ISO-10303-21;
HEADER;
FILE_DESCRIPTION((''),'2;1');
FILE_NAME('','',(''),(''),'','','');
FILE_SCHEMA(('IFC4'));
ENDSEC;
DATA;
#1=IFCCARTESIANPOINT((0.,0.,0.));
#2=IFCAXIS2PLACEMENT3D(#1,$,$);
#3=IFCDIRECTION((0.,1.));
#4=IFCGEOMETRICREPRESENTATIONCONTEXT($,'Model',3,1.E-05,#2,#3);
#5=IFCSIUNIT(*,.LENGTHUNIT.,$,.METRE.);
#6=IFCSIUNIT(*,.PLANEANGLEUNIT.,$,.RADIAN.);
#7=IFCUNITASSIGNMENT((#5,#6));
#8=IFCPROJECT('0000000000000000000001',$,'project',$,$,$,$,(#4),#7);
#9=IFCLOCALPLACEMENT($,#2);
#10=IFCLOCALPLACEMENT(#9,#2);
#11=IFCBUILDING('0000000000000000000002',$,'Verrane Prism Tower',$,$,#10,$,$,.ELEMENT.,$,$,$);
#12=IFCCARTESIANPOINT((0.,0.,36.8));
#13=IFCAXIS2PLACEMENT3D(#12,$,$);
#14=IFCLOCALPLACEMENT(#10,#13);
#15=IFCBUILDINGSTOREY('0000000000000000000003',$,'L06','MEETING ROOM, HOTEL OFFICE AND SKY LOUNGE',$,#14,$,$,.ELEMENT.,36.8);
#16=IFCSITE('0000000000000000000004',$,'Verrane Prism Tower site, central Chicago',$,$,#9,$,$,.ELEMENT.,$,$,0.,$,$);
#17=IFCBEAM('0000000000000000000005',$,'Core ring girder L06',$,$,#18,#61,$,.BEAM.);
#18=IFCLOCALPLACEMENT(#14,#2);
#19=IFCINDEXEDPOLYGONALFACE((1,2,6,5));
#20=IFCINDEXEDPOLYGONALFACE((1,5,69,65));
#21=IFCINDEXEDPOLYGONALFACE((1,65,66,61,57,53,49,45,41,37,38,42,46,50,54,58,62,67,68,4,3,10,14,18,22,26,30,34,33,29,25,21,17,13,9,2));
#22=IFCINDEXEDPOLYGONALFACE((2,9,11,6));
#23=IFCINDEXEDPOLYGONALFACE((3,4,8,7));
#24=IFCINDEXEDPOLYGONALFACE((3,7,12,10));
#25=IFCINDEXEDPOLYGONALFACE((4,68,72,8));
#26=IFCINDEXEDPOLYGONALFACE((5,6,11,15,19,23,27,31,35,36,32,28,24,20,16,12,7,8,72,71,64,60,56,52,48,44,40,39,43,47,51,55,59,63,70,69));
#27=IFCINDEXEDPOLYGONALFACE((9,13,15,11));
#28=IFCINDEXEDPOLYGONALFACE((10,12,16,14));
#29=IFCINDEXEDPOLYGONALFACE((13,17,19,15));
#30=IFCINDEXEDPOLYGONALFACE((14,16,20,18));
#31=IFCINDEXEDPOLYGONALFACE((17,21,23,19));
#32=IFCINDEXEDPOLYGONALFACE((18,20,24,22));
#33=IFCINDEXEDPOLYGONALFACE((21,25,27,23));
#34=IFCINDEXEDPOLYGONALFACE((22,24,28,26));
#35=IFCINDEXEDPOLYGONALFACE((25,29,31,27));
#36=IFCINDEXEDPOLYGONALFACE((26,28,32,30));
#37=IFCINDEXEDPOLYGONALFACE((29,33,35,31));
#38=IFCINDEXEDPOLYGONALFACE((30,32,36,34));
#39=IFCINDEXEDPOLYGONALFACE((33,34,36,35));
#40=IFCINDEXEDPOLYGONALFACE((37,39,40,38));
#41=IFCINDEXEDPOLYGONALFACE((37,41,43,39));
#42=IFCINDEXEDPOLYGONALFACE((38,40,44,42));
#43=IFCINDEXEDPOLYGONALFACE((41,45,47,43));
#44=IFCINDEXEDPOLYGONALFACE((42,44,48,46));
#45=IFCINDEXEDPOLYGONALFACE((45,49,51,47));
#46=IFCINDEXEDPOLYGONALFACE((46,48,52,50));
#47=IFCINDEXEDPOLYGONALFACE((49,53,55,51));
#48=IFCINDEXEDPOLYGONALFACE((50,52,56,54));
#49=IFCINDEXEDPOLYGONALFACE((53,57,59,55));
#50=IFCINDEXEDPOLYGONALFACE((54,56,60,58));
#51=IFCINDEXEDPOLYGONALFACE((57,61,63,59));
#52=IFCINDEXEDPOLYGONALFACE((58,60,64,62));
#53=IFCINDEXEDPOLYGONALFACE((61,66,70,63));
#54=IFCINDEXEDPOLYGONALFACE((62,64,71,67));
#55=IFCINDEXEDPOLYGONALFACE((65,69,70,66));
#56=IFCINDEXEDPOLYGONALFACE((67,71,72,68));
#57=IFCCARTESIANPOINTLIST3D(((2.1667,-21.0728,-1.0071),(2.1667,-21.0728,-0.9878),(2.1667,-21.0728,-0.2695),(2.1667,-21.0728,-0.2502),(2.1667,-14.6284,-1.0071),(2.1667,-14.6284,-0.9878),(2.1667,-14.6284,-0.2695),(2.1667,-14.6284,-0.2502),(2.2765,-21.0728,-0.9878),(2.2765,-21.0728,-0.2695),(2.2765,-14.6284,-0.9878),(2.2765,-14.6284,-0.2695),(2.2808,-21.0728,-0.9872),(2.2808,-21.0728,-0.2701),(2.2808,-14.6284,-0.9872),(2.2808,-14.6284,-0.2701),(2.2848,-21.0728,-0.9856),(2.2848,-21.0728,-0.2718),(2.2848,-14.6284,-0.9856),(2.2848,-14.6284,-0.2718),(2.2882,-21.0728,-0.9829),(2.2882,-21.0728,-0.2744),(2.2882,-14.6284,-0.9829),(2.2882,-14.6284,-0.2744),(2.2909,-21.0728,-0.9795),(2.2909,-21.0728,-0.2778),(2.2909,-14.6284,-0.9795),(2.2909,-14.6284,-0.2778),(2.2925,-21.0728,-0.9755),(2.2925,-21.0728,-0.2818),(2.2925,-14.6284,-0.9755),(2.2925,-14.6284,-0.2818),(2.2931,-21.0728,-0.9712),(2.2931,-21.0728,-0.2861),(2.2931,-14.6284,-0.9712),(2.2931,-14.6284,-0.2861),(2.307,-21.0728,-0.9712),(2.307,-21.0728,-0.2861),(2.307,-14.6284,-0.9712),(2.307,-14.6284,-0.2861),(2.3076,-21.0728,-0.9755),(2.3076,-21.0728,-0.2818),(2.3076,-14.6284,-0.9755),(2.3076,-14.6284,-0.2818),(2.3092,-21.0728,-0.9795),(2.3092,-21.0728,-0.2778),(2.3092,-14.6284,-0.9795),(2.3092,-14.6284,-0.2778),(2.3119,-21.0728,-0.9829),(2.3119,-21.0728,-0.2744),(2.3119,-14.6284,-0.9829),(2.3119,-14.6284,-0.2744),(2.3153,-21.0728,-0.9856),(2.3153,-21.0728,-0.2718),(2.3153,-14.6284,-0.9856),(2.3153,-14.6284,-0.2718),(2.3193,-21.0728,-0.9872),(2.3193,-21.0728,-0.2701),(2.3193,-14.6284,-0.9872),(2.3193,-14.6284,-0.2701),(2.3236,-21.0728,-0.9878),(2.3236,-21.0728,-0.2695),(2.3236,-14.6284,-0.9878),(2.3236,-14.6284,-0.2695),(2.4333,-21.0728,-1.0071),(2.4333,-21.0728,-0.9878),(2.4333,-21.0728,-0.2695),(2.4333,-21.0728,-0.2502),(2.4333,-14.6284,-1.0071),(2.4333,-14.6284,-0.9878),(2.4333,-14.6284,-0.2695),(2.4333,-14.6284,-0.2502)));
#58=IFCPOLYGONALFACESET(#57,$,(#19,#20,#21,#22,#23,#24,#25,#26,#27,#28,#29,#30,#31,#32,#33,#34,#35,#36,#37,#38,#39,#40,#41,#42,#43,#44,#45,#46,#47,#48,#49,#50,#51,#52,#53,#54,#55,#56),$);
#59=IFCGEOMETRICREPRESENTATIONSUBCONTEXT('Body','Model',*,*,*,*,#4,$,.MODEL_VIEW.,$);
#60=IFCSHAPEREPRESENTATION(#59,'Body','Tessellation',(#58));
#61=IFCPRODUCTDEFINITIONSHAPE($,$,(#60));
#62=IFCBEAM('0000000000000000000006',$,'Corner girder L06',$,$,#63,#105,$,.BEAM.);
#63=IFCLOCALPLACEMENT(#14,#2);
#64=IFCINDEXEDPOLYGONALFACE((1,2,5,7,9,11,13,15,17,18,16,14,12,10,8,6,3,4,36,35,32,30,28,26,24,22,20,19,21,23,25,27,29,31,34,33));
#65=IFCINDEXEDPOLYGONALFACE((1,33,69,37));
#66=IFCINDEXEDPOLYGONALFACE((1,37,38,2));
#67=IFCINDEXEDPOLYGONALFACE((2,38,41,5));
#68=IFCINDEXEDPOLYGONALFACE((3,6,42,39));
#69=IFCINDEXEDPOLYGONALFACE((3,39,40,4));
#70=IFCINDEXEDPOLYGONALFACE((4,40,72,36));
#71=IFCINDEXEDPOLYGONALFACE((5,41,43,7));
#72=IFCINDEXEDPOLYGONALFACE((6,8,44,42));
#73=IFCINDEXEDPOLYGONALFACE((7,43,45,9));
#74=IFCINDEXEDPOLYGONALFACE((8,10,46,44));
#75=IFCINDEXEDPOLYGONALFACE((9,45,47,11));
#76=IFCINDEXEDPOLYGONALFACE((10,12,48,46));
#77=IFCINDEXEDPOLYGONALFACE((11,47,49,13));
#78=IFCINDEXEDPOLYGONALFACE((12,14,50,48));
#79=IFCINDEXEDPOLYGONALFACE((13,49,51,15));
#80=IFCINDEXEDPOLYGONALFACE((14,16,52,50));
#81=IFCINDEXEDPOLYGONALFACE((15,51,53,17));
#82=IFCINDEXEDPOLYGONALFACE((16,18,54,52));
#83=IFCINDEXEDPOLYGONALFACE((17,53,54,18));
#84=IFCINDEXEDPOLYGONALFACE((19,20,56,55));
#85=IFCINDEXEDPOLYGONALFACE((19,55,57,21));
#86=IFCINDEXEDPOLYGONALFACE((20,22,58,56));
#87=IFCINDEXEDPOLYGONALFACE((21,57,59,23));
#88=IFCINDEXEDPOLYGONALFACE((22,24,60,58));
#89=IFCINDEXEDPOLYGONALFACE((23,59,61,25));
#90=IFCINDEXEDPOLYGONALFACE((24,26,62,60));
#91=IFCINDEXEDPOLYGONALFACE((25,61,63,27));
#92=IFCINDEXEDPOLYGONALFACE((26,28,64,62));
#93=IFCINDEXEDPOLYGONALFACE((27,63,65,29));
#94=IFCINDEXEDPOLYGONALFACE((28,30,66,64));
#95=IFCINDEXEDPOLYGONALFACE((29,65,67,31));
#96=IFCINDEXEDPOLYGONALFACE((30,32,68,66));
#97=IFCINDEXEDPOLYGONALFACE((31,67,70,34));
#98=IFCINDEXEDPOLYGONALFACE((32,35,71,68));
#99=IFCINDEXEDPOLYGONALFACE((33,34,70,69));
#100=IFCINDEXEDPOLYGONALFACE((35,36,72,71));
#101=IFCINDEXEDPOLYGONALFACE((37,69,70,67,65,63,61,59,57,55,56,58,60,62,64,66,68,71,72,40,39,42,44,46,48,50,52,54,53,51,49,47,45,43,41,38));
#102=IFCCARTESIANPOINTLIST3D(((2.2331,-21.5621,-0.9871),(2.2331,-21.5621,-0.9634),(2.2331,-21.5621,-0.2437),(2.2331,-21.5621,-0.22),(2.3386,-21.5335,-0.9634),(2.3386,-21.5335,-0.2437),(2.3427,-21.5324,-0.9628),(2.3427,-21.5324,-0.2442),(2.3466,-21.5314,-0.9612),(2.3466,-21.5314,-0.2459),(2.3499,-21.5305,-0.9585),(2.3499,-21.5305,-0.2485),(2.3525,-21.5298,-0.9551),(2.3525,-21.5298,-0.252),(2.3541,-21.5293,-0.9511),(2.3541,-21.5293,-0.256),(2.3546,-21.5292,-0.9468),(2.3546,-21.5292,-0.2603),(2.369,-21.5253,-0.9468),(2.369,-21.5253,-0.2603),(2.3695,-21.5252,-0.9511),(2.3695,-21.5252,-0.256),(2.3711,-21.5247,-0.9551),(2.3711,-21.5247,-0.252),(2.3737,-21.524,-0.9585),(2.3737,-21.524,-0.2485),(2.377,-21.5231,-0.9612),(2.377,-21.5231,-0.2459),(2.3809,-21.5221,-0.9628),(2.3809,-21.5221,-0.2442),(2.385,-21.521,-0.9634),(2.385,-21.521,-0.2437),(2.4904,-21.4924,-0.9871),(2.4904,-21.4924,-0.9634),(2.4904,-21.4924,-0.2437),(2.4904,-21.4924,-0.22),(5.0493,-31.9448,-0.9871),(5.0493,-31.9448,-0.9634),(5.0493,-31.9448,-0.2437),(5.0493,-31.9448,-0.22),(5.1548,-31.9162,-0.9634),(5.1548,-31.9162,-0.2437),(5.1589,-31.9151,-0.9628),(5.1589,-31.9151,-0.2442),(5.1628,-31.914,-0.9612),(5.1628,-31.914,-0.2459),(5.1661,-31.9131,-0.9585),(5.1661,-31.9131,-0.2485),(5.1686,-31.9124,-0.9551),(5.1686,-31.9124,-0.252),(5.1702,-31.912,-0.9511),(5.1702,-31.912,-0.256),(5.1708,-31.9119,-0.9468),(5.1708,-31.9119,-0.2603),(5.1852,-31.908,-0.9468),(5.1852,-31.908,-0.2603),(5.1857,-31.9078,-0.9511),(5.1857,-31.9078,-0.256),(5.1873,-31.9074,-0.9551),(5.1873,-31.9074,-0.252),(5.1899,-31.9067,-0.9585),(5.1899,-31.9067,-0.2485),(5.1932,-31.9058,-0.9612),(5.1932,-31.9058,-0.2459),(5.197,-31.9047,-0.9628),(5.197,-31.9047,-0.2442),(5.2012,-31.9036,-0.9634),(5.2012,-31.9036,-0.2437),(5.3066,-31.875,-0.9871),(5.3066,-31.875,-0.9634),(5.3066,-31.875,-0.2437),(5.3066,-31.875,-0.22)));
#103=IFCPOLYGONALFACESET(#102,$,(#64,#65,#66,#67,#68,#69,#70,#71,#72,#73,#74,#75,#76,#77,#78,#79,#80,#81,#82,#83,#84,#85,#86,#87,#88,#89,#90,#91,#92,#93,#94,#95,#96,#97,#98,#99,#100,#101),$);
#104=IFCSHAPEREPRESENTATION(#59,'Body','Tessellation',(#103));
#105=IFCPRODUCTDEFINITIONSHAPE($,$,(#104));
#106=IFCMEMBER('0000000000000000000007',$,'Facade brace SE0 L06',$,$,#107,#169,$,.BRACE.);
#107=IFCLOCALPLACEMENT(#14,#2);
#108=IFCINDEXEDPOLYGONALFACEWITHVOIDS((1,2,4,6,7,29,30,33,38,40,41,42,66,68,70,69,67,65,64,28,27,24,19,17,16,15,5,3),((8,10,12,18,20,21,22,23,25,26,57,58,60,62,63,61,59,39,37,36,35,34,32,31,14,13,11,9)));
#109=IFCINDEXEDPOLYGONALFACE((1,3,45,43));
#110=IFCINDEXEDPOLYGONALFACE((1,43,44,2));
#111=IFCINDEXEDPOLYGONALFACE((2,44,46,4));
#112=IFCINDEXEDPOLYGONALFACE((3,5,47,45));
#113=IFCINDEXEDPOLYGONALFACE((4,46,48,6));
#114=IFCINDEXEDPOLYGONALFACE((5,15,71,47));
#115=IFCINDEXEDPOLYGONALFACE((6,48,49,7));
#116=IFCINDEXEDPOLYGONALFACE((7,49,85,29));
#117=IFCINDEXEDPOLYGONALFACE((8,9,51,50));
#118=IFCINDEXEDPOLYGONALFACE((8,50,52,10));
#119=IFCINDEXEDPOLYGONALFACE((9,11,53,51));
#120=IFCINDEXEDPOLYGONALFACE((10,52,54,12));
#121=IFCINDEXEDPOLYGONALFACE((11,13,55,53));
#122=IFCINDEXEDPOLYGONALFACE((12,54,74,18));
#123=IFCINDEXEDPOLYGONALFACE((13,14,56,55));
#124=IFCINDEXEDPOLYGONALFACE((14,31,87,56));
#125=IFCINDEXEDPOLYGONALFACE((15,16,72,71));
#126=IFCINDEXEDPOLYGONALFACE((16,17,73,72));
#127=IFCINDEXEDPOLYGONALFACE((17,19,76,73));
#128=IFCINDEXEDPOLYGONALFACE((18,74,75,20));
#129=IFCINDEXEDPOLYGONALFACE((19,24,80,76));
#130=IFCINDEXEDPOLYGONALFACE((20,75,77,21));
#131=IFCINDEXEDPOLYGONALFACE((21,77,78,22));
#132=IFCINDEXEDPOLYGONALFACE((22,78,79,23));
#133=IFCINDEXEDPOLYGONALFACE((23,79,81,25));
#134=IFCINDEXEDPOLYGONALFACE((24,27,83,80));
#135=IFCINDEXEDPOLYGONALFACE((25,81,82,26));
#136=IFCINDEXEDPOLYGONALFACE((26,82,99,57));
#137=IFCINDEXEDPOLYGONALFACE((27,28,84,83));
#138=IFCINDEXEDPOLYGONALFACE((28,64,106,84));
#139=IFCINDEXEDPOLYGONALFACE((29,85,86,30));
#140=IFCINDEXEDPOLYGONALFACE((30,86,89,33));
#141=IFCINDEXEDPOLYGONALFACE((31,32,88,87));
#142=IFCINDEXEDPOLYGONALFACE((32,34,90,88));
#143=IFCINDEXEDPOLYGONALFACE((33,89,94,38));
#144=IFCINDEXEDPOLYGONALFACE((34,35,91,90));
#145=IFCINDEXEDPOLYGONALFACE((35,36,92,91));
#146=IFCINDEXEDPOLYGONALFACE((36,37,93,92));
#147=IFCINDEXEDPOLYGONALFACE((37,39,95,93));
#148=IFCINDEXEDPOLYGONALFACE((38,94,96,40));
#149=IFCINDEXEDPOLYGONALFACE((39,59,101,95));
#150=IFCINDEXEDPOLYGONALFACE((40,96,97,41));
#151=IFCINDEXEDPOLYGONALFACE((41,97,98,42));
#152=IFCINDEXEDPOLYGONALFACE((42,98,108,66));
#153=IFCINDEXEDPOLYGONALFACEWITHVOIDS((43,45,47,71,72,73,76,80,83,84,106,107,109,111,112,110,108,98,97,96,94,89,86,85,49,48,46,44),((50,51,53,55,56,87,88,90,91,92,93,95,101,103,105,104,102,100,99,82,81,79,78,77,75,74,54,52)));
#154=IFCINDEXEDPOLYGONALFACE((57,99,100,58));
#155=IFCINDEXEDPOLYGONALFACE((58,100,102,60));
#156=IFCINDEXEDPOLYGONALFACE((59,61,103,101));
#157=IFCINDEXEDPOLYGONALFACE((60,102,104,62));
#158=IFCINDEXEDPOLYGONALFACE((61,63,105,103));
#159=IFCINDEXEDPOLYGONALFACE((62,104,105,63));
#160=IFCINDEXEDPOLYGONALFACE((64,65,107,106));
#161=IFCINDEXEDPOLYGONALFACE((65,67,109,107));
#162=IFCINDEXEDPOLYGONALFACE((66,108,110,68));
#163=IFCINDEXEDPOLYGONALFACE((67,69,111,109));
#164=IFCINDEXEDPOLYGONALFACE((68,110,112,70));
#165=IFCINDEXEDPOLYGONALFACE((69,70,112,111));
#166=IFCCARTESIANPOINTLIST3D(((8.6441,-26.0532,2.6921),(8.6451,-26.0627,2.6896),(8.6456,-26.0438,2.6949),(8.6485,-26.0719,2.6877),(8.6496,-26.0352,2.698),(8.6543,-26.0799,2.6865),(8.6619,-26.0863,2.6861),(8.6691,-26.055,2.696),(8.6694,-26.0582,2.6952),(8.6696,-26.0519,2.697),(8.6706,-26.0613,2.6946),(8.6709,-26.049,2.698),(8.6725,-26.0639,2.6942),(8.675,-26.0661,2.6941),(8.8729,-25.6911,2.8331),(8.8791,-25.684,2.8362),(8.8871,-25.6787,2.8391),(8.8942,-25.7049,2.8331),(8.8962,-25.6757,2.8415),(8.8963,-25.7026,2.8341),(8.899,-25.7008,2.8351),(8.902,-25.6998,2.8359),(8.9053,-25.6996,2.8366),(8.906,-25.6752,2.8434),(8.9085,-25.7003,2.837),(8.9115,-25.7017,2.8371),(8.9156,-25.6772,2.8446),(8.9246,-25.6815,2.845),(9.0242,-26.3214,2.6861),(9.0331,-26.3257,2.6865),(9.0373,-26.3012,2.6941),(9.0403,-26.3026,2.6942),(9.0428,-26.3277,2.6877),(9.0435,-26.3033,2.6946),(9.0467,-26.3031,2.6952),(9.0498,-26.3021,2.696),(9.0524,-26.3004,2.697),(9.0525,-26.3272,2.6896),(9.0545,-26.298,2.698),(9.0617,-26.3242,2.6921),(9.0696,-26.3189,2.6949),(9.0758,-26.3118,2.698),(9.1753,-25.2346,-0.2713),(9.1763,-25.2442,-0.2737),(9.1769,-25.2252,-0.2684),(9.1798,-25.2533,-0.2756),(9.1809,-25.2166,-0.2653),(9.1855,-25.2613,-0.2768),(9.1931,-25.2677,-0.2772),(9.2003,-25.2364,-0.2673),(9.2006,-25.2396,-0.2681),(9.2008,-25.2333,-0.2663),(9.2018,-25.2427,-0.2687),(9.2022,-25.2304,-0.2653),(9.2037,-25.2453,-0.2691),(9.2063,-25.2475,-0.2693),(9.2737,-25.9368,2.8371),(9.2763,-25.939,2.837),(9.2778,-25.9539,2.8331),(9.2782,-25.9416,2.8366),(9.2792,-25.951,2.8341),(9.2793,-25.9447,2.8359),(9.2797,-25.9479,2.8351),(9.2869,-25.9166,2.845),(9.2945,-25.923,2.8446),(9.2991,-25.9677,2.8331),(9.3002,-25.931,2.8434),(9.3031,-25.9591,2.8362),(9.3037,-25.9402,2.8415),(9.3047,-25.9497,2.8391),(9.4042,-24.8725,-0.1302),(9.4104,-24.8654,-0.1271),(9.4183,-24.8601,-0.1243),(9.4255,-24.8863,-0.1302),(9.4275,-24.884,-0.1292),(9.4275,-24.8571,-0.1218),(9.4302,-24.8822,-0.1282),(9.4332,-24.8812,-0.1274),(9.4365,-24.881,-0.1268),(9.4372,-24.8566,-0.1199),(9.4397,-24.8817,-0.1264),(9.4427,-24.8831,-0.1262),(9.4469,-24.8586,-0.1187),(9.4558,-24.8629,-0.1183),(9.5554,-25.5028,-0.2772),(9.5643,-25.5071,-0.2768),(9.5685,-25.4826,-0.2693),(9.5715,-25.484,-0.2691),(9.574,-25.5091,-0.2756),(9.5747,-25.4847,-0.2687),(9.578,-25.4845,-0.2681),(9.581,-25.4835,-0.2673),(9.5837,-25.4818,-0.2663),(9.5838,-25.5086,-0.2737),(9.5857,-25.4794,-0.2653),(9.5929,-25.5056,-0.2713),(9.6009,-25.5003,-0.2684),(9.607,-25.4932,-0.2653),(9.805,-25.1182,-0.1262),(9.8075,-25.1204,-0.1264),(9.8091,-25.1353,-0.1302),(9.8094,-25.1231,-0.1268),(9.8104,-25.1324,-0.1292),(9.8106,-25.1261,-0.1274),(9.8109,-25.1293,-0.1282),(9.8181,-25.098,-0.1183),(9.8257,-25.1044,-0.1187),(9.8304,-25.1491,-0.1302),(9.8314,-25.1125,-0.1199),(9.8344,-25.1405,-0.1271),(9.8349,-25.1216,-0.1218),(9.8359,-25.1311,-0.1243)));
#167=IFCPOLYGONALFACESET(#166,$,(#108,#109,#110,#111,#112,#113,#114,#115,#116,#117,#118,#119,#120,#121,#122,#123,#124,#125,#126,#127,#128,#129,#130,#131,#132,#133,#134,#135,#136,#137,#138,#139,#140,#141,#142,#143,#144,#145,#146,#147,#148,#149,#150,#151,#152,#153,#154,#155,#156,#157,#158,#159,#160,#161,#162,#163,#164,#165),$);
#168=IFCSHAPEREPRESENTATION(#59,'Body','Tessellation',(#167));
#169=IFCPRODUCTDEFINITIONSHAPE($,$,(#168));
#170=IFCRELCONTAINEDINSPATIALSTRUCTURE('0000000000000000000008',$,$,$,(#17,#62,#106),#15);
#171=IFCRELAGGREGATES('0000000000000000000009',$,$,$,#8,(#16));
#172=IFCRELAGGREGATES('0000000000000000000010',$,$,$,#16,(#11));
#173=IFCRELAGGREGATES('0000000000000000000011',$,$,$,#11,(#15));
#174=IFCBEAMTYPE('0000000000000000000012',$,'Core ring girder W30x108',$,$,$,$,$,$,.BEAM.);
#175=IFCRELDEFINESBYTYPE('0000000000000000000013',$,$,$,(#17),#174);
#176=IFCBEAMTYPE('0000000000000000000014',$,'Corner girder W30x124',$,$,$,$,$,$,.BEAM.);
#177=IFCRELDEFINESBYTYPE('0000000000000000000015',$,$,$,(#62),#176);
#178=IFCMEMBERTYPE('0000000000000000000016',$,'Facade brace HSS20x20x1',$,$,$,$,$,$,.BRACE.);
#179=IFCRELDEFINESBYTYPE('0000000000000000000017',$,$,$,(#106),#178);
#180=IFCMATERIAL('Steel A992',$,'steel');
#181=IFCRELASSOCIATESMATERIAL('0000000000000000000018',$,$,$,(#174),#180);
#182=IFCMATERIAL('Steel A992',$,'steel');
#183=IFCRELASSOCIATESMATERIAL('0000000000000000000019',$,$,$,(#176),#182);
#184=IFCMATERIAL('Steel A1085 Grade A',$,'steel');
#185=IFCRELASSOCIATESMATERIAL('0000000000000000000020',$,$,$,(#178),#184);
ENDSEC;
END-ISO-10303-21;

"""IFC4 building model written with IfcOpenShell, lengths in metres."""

from ifc_helpers import new_model, si_unit, direction, frame, origin, origin_2d, place, context, subcontext, project, spatial, hollow_rectangle, i_section, extrude, material, material_profile, profile_set, type_object, element, save


model = new_model("IFC4")

# Units and contexts
model_context = context("Model", 3, precision=1e-05, world=origin(), true_north=direction((0.0, 1.0)))
body_context = subcontext(model_context, "Body", "Model", "MODEL_VIEW")
ifc_project = project(units=[si_unit("LENGTHUNIT", "METRE"), si_unit("PLANEANGLEUNIT", "RADIAN")], contexts=[model_context])

# Site, building, storey
site_placement = place(None, origin())
site = spatial("IfcSite", under=ifc_project, at=site_placement, Name="Verrane Prism Tower site, central Chicago", CompositionType="ELEMENT", RefElevation=0.0)
building_placement = place(site_placement, origin())
building = spatial("IfcBuilding", under=site, at=building_placement, Name="Verrane Prism Tower", CompositionType="ELEMENT")
storey_placement = place(building_placement, frame((0.0, 0.0, 36.8)))
storey = spatial("IfcBuildingStorey", under=building, at=storey_placement, Name="L06", Description="MEETING ROOM, HOTEL OFFICE AND SKY LOUNGE", CompositionType="ELEMENT", Elevation=36.8)

# Beams
ifc_material_1 = material(Name="Steel A992", Category="steel")
ifc_material_profile_1 = material_profile(ifc_material_1, i_section(OverallWidth=0.2666, OverallDepth=0.7568, WebThickness=0.0139, FlangeThickness=0.0193, FilletRadius=0.0166, at=origin_2d()), Name="W30x108")
ifc_profile_set_1 = profile_set([ifc_material_profile_1], Name="Steel A992")
beam_type_1 = type_object("IfcBeamType", Name="Core ring girder W30x108", PredefinedType="BEAM", material=ifc_profile_set_1)
beam_1_placement = place(storey_placement, frame((2.3, -21.0728, -0.6287), z_axis=(0.0, 1.0, 0.0), x_axis=(-1.0, 0.0, 0.0)))
element("IfcBeam", 1, at=beam_1_placement, inside=storey, type_object=beam_type_1, Name="Core ring girder L06", PredefinedType="BEAM", context=body_context, shape_type="SweptSolid", body=[
    extrude(i_section(OverallWidth=0.2666, OverallDepth=0.7568, WebThickness=0.0139, FlangeThickness=0.0193, FilletRadius=0.0166, at=origin_2d()), origin(), (0.0, 0.0, 1.0), 6.4443),
])
ifc_material_2 = material(Name="Steel A992", Category="steel")
ifc_material_profile_2 = material_profile(ifc_material_2, i_section(OverallWidth=0.2666, OverallDepth=0.7671, WebThickness=0.0149, FlangeThickness=0.0237, FilletRadius=0.0166, at=origin_2d()), Name="W30x124")
ifc_profile_set_2 = profile_set([ifc_material_profile_2], Name="Steel A992")
beam_type_2 = type_object("IfcBeamType", Name="Corner girder W30x124", PredefinedType="BEAM", material=ifc_profile_set_2)
beam_2_placement = place(storey_placement, frame((5.178, -31.9099, -0.6035), z_axis=(-0.261781, 0.965127, 0.0), x_axis=(-0.965127, -0.261781, 0.0)))
element("IfcBeam", 2, at=beam_2_placement, inside=storey, type_object=beam_type_2, Name="Corner girder L06", PredefinedType="BEAM", context=body_context, shape_type="SweptSolid", body=[
    extrude(i_section(OverallWidth=0.2666, OverallDepth=0.7671, WebThickness=0.0149, FlangeThickness=0.0237, FilletRadius=0.0166, at=origin_2d()), origin(), (0.0, 0.0, 1.0), 10.7578),
])

# Member
ifc_material_3 = material(Name="Steel A1085 Grade A", Category="steel")
ifc_material_profile_3 = material_profile(ifc_material_3, hollow_rectangle(XDim=0.5081, YDim=0.5081, WallThickness=0.0254, InnerFilletRadius=0.0127, OuterFilletRadius=0.0381, at=origin_2d()), Name="HSS20x20x1")
ifc_profile_set_3 = profile_set([ifc_material_profile_3], Name="Steel A1085 Grade A")
member_type_1 = type_object("IfcMemberType", Name="Facade brace HSS20x20x1", PredefinedType="BRACE", material=ifc_profile_set_3)
member_1_placement = place(storey_placement, frame((9.5056, -25.1829, -0.1978), z_axis=(-0.170276, -0.262379, 0.949823), x_axis=(0.838838, -0.544381, 0.0)))
element("IfcMember", 3, at=member_1_placement, inside=storey, type_object=member_type_1, Name="Facade brace SE0 L06", PredefinedType="BRACE", context=body_context, shape_type="SweptSolid", body=[
    extrude(hollow_rectangle(XDim=0.5081, YDim=0.5081, WallThickness=0.0254, InnerFilletRadius=0.0127, OuterFilletRadius=0.0381, at=origin_2d()), origin(), (0.0, 0.0, 1.0), 3.1199),
])

save(model, "model.ifc")
